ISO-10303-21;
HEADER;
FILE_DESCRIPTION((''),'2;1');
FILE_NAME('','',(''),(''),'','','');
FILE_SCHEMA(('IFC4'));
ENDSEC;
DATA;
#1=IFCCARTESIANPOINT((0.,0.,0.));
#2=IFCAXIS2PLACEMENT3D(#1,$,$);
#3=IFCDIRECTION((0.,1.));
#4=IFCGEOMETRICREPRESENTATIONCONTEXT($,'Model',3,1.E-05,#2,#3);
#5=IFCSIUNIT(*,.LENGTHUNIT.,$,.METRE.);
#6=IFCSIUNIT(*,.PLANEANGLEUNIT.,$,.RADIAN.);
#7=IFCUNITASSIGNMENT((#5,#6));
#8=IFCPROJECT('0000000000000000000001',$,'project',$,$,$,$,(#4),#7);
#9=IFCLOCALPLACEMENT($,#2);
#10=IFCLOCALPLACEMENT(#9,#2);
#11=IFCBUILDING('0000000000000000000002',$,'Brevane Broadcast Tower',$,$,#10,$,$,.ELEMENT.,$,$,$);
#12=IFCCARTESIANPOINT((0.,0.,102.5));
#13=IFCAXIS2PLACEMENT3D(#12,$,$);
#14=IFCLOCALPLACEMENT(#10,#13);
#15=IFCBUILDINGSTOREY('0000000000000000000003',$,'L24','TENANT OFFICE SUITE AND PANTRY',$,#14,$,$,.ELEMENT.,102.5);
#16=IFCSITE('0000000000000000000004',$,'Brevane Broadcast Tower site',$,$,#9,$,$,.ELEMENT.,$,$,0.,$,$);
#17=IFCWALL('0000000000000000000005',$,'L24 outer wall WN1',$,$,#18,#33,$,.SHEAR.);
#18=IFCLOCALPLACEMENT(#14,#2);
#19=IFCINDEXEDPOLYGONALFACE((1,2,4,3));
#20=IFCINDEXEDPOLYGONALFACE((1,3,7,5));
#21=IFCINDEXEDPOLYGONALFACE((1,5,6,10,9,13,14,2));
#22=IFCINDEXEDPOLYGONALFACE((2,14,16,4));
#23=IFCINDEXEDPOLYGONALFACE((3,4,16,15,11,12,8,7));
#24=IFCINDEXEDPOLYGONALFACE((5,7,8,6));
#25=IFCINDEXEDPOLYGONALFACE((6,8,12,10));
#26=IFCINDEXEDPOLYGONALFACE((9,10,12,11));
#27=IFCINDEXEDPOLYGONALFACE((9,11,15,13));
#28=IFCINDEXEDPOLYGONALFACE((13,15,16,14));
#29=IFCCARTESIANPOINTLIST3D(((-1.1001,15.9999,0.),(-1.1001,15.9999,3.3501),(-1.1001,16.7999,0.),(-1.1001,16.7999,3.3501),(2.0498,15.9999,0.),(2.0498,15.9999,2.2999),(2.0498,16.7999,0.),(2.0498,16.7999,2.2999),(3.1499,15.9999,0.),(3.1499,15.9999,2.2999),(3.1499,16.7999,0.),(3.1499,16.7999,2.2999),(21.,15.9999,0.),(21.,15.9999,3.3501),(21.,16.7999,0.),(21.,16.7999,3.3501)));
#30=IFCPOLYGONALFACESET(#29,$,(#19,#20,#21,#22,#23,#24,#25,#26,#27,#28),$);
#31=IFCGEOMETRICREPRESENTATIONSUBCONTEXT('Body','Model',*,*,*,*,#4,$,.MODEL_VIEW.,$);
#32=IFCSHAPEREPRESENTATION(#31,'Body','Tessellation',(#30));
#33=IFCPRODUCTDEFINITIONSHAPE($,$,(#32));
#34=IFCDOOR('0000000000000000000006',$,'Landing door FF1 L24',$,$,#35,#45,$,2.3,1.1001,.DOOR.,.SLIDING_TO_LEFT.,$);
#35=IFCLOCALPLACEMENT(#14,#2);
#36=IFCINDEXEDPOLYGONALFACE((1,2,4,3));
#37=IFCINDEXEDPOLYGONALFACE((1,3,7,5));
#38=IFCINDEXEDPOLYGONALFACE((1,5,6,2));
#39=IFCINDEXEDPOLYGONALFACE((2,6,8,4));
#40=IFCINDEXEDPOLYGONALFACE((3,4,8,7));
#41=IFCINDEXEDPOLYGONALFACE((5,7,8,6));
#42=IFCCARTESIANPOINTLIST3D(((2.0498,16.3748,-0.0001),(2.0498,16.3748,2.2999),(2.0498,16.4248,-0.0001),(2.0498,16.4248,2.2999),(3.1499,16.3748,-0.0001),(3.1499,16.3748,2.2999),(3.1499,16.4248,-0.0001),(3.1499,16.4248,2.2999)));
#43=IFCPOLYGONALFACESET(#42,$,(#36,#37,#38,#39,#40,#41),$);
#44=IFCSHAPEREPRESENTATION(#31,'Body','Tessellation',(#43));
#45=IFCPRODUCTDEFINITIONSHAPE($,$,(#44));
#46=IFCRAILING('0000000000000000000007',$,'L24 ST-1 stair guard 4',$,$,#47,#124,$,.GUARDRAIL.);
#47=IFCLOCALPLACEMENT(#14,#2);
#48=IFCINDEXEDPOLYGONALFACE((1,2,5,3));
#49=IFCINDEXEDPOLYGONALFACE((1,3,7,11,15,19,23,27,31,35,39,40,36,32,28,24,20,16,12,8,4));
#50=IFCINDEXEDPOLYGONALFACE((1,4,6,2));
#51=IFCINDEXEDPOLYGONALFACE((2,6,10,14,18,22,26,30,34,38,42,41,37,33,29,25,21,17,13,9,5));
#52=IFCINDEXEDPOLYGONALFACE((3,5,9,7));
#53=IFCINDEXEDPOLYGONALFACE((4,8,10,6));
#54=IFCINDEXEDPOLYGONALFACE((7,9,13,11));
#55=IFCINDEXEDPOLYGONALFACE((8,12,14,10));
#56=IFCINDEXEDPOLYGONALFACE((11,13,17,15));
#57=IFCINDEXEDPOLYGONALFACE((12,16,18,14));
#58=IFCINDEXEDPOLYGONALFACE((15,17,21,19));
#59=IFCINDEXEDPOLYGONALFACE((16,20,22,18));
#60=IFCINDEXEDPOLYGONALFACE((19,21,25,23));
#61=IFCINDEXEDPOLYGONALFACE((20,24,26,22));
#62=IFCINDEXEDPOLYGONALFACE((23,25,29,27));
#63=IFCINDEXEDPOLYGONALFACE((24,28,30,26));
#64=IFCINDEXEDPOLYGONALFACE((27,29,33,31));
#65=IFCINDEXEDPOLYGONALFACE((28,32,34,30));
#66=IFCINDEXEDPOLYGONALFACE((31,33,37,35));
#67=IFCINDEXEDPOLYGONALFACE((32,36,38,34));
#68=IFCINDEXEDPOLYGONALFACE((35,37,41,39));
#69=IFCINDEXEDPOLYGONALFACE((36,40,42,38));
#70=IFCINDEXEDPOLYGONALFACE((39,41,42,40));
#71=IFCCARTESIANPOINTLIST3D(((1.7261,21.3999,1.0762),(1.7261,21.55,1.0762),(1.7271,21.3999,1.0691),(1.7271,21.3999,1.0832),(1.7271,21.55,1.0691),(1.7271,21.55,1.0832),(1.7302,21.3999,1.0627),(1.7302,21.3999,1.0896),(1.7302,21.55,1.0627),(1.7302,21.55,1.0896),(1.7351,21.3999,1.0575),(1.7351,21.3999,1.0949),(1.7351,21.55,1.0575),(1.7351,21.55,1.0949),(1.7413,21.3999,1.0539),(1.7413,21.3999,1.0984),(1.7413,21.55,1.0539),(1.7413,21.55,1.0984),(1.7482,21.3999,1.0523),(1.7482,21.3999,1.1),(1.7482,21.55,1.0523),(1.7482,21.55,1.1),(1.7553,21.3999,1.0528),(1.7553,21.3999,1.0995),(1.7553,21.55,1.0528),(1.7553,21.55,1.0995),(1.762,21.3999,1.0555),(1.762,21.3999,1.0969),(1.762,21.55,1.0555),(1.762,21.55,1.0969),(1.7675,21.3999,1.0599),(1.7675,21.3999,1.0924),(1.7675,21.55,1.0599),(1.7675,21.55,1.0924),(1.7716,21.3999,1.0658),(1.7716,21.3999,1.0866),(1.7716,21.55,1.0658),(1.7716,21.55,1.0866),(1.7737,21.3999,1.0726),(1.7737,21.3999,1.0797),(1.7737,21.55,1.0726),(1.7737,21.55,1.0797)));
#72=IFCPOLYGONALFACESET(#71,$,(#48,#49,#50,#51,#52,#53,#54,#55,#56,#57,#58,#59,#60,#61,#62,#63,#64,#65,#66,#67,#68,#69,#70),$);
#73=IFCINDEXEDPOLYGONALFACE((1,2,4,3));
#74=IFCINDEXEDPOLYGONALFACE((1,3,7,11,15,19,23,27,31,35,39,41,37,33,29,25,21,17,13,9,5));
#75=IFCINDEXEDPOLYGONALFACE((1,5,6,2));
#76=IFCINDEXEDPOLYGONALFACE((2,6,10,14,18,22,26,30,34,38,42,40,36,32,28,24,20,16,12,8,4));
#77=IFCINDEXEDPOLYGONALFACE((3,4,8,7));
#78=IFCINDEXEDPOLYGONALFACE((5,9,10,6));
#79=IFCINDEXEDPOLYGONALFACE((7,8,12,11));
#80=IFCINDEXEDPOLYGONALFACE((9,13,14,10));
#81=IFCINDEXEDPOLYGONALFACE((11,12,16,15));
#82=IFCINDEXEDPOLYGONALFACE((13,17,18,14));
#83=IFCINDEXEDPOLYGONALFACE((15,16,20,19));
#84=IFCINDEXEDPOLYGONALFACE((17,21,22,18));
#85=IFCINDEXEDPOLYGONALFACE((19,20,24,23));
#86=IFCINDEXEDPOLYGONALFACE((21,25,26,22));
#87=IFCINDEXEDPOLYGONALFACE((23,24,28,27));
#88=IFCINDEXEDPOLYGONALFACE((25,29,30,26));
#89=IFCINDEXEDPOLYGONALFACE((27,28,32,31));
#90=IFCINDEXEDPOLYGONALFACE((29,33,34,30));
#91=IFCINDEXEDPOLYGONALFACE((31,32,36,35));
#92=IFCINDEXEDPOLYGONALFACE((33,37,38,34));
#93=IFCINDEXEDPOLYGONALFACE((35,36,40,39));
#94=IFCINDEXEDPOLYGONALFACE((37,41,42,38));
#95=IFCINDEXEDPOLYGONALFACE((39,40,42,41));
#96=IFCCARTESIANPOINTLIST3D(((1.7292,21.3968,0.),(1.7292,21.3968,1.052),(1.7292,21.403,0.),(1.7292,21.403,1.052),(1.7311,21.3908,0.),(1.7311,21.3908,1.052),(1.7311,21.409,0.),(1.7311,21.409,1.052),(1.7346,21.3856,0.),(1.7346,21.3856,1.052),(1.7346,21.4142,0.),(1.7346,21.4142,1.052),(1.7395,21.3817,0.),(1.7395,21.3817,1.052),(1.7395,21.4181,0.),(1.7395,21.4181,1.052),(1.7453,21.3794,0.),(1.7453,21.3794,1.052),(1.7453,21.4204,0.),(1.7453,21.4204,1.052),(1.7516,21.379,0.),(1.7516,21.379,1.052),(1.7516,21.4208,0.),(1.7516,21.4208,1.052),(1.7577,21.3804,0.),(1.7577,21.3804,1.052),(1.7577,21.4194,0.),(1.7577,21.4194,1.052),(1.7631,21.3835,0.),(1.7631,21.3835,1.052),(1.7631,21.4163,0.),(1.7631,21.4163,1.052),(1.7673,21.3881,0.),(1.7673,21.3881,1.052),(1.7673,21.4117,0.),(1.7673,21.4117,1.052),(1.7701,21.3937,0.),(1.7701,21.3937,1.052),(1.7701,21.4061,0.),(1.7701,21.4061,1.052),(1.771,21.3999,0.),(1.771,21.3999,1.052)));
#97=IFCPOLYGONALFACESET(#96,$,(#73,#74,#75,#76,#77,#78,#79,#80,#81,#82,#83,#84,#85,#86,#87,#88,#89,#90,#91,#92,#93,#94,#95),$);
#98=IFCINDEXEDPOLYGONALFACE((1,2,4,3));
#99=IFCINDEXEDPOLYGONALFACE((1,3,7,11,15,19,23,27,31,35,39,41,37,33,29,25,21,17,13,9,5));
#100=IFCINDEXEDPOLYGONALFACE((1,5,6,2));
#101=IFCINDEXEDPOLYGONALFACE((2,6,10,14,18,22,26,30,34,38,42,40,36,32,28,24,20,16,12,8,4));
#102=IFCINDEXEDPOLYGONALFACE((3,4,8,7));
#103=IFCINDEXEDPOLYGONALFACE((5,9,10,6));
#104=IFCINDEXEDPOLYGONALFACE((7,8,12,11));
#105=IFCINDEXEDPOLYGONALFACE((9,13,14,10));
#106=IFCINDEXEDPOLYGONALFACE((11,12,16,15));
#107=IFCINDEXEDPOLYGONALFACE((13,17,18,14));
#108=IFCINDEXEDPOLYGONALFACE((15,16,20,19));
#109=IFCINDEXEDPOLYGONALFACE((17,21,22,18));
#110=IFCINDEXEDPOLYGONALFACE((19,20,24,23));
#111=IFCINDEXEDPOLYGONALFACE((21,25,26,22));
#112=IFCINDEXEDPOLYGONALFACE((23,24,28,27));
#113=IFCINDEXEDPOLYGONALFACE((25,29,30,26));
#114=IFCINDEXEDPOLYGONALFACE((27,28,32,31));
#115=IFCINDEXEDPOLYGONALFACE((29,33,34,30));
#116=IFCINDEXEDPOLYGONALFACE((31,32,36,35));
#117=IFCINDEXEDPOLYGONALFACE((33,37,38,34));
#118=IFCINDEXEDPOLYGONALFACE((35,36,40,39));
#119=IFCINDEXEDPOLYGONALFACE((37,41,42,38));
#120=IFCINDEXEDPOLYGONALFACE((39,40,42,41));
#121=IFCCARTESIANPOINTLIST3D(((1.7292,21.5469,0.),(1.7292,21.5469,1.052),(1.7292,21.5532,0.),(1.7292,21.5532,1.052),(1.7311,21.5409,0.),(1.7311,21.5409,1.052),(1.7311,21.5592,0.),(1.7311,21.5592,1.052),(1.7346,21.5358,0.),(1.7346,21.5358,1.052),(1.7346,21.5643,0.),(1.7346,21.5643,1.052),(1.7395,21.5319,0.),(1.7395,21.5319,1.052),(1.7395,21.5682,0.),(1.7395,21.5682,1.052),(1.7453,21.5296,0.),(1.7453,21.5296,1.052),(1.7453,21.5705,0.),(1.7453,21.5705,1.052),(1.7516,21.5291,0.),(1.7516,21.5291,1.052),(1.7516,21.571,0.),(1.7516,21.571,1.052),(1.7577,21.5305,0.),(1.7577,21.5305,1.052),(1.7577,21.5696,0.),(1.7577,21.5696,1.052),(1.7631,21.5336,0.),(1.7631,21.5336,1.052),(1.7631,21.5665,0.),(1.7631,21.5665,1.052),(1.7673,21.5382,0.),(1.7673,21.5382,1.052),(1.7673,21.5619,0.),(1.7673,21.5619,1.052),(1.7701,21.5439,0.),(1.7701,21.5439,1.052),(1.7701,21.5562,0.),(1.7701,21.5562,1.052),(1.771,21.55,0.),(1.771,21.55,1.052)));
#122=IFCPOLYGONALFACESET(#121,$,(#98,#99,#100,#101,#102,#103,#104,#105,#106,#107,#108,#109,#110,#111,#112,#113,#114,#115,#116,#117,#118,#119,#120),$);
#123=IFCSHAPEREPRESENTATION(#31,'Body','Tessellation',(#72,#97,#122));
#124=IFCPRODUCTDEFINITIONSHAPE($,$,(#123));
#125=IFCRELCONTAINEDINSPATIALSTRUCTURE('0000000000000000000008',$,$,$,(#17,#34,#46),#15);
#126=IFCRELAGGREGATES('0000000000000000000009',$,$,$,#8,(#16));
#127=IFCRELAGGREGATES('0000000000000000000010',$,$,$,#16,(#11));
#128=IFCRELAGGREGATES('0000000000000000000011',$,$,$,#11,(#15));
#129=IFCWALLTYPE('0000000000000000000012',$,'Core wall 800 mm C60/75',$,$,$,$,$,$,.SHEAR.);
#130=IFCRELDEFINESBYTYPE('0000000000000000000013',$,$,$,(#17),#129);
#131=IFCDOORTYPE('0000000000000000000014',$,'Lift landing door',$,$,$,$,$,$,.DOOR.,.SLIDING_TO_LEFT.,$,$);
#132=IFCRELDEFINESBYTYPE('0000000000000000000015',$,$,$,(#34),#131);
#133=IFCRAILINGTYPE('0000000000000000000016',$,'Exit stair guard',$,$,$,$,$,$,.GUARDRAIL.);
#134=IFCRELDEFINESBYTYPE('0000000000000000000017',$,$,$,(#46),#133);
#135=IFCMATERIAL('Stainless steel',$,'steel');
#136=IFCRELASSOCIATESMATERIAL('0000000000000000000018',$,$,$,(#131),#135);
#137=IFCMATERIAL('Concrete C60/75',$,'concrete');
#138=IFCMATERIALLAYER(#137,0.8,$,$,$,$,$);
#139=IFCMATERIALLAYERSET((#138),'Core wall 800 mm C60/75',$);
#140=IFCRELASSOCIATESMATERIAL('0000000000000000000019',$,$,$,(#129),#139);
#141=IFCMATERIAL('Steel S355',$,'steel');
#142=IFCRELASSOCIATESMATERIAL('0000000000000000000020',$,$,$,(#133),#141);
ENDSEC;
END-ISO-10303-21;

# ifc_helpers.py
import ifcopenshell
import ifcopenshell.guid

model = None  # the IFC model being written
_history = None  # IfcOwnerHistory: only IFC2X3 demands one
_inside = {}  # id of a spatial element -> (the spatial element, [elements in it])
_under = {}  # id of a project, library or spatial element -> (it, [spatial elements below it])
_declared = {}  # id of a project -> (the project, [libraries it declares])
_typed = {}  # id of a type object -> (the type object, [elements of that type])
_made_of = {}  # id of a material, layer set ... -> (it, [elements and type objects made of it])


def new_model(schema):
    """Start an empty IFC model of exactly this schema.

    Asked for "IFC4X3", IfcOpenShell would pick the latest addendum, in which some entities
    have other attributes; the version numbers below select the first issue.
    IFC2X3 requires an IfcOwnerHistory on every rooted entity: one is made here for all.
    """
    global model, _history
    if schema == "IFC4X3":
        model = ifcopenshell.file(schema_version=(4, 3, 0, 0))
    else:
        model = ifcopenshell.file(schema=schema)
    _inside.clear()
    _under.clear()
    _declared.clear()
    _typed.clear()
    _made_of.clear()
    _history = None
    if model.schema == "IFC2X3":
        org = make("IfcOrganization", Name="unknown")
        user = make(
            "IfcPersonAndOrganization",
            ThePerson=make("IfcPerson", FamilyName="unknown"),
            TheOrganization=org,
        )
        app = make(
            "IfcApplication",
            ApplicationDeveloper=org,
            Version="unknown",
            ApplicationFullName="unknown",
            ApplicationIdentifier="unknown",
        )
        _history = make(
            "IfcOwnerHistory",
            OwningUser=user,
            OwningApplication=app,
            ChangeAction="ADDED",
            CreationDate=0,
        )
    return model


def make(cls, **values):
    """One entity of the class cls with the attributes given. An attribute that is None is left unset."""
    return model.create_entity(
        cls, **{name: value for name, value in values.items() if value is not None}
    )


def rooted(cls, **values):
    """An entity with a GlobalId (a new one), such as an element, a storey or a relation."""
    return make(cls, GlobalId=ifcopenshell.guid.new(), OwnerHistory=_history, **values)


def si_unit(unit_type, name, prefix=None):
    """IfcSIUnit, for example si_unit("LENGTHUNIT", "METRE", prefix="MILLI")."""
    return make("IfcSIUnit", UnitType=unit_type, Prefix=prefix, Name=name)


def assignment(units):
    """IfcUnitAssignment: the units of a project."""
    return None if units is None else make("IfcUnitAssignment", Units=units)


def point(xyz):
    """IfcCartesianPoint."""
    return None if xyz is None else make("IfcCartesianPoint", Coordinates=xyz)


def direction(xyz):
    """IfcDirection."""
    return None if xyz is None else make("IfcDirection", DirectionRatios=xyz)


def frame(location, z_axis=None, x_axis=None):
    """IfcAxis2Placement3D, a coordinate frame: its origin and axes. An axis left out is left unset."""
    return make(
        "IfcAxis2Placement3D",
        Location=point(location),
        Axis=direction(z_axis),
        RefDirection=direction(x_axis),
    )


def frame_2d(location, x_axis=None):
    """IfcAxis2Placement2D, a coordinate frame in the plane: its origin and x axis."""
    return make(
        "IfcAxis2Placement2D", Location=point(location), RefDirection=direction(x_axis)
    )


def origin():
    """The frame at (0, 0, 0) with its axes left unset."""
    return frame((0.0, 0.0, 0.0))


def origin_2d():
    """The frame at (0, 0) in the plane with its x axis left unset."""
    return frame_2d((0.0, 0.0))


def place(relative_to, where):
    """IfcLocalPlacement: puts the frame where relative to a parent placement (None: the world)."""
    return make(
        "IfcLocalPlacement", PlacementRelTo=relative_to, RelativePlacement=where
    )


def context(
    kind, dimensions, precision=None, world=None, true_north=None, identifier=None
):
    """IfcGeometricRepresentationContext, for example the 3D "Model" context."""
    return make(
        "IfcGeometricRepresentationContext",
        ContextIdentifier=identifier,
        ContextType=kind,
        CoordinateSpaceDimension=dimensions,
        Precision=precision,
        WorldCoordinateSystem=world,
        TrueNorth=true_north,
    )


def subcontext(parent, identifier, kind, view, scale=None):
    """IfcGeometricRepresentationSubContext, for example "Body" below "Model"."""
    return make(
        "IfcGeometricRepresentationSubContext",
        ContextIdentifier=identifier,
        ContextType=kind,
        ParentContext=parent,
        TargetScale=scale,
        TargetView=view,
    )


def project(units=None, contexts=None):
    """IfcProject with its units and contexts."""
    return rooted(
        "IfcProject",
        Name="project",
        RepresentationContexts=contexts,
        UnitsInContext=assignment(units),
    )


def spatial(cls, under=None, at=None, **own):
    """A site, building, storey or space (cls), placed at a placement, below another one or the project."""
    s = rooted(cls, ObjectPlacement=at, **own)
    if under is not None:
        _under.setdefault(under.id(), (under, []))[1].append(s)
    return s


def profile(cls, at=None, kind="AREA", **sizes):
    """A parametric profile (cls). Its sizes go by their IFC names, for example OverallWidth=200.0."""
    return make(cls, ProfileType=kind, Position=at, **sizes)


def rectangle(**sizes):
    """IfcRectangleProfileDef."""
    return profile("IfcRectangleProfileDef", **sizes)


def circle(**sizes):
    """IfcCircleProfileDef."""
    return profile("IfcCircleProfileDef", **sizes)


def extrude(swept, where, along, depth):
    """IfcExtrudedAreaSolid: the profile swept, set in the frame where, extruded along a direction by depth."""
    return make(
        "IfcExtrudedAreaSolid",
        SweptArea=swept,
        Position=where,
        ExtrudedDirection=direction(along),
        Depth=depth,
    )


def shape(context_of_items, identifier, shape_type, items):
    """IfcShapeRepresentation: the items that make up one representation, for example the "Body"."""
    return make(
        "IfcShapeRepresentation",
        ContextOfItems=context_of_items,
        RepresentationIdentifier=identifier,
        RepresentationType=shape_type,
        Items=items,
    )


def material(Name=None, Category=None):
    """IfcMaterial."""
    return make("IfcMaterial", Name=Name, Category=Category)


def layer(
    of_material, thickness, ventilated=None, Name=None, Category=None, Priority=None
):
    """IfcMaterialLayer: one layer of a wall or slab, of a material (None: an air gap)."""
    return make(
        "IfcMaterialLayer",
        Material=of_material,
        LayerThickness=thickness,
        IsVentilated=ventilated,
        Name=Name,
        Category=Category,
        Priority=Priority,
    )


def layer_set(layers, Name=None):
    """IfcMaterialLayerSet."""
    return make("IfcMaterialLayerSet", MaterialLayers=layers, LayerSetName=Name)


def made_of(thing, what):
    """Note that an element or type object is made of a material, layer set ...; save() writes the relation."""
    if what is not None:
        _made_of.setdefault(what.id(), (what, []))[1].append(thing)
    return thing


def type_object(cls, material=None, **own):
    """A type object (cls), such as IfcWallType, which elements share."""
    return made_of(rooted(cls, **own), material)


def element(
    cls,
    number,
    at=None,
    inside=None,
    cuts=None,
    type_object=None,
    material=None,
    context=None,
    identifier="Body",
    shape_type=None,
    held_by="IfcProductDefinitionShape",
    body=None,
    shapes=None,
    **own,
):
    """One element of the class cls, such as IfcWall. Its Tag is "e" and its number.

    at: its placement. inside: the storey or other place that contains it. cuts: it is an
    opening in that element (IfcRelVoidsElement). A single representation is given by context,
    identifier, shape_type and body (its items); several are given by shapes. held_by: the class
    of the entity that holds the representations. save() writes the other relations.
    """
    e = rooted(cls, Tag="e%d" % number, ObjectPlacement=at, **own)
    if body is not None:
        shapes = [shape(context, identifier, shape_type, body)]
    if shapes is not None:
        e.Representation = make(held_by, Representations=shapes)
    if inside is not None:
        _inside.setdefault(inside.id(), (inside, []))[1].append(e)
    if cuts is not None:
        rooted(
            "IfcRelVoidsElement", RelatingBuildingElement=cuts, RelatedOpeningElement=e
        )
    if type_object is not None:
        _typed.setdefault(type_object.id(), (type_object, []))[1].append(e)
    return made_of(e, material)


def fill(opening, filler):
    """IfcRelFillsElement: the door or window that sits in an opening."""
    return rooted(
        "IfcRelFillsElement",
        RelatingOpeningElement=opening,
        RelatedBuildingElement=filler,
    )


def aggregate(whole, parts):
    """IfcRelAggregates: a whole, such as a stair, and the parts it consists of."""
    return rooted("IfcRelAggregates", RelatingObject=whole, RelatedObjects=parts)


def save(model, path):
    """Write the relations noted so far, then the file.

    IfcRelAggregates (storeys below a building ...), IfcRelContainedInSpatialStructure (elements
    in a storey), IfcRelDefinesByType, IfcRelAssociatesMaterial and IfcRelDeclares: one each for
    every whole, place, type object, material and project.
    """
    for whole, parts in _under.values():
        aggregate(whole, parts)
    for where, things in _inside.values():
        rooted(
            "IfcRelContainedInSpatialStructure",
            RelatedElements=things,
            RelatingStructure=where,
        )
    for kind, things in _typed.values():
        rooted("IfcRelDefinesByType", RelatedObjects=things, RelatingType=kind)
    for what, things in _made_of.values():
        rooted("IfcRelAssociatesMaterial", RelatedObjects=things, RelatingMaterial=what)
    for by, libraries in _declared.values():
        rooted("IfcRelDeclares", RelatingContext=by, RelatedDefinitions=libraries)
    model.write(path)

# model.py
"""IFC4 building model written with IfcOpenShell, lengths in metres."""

from ifc_helpers import new_model, si_unit, direction, frame, frame_2d, origin, origin_2d, place, context, subcontext, project, spatial, rectangle, circle, extrude, material, layer, layer_set, type_object, element, fill, save


model = new_model("IFC4")

# Units and contexts
model_context = context("Model", 3, precision=1e-05, world=origin(), true_north=direction((0.0, 1.0)))
body_context = subcontext(model_context, "Body", "Model", "MODEL_VIEW")
ifc_project = project(units=[si_unit("LENGTHUNIT", "METRE"), si_unit("PLANEANGLEUNIT", "RADIAN")], contexts=[model_context])

# Site, building, storey
site_placement = place(None, origin())
site = spatial("IfcSite", under=ifc_project, at=site_placement, Name="Brevane Broadcast Tower site", CompositionType="ELEMENT", RefElevation=0.0)
building_placement = place(site_placement, origin())
building = spatial("IfcBuilding", under=site, at=building_placement, Name="Brevane Broadcast Tower", CompositionType="ELEMENT")
storey_placement = place(building_placement, frame((0.0, 0.0, 102.5)))
storey = spatial("IfcBuildingStorey", under=building, at=storey_placement, Name="L24", Description="TENANT OFFICE SUITE AND PANTRY", CompositionType="ELEMENT", Elevation=102.5)

# Shared definitions
ifc_material_1 = material(Name="Concrete C60/75", Category="concrete")
ifc_material_2 = material(Name="Stainless steel", Category="steel")
door_type = type_object("IfcDoorType", Name="Lift landing door", OperationType="SLIDING_TO_LEFT", PredefinedType="DOOR", material=ifc_material_2)

# Wall, opening, door
ifc_layer_1 = layer(ifc_material_1, 0.8)
ifc_layer_set_1 = layer_set([ifc_layer_1], Name="Core wall 800 mm C60/75")
wall_type_1 = type_object("IfcWallType", Name="Core wall 800 mm C60/75", PredefinedType="SHEAR", material=ifc_layer_set_1)
wall_1_placement = place(storey_placement, frame((-1.1001, 16.3999, 0.0), z_axis=(0.0, 0.0, 1.0), x_axis=(1.0, 0.0, 0.0)))
wall_1 = element("IfcWall", 1, at=wall_1_placement, inside=storey, type_object=wall_type_1, Name="L24 outer wall WN1", PredefinedType="SHEAR", context=body_context, shape_type="SweptSolid", body=[
    extrude(rectangle(XDim=22.1001, YDim=0.8, at=frame_2d((11.05, 0.0))), origin(), (0.0, 0.0, 1.0), 3.3501),
])
opening_1_placement = place(wall_1_placement, frame((3.1499, 0.0, 0.0)))
opening_1 = element("IfcOpeningElement", 2, at=opening_1_placement, cuts=wall_1, PredefinedType="OPENING", context=body_context, shape_type="SweptSolid", body=[
    extrude(rectangle(XDim=1.1001, YDim=2.3, at=frame_2d((0.55, 1.1499))), frame((0.0, 0.4099, 0.0), z_axis=(0.0, -1.0, 0.0), x_axis=(1.0, 0.0, 0.0)), (0.0, 0.0, 1.0), 0.8201),
])
door_1_placement = place(opening_1_placement, origin())
door_1 = element("IfcDoor", 3, at=door_1_placement, inside=storey, type_object=door_type, Name="Landing door FF1 L24", OperationType="SLIDING_TO_LEFT", OverallHeight=2.3, OverallWidth=1.1001, PredefinedType="DOOR", context=body_context, shape_type="SweptSolid", body=[
    extrude(rectangle(XDim=1.1001, YDim=2.3, at=frame_2d((0.55, 1.1499))), frame((0.0, 0.0249, 0.0), z_axis=(0.0, -1.0, 0.0), x_axis=(1.0, 0.0, 0.0)), (0.0, 0.0, 1.0), 0.05),
])
fill(opening_1, door_1)

# Railing
ifc_material_3 = material(Name="Steel S355", Category="steel")
railing_type_1 = type_object("IfcRailingType", Name="Exit stair guard", PredefinedType="GUARDRAIL", material=ifc_material_3)
railing_1_placement = place(storey_placement, frame((1.75, 21.3999, 0.0)))
element("IfcRailing", 4, at=railing_1_placement, inside=storey, type_object=railing_type_1, Name="L24 ST-1 stair guard 4", PredefinedType="GUARDRAIL", context=body_context, shape_type="SweptSolid", body=[
    extrude(circle(Radius=0.0239, at=origin_2d()), frame((0.0, 0.0, 1.0762), z_axis=(0.0, 1.0, 0.0), x_axis=(-1.0, 0.0, 0.0)), (0.0, 0.0, 1.0), 0.1501),
    extrude(circle(Radius=0.021, at=origin_2d()), origin(), (0.0, 0.0, 1.0), 1.052),
    extrude(circle(Radius=0.021, at=origin_2d()), frame((0.0, 0.1501, 0.0)), (0.0, 0.0, 1.0), 1.052),
])

save(model, "model.ifc")
